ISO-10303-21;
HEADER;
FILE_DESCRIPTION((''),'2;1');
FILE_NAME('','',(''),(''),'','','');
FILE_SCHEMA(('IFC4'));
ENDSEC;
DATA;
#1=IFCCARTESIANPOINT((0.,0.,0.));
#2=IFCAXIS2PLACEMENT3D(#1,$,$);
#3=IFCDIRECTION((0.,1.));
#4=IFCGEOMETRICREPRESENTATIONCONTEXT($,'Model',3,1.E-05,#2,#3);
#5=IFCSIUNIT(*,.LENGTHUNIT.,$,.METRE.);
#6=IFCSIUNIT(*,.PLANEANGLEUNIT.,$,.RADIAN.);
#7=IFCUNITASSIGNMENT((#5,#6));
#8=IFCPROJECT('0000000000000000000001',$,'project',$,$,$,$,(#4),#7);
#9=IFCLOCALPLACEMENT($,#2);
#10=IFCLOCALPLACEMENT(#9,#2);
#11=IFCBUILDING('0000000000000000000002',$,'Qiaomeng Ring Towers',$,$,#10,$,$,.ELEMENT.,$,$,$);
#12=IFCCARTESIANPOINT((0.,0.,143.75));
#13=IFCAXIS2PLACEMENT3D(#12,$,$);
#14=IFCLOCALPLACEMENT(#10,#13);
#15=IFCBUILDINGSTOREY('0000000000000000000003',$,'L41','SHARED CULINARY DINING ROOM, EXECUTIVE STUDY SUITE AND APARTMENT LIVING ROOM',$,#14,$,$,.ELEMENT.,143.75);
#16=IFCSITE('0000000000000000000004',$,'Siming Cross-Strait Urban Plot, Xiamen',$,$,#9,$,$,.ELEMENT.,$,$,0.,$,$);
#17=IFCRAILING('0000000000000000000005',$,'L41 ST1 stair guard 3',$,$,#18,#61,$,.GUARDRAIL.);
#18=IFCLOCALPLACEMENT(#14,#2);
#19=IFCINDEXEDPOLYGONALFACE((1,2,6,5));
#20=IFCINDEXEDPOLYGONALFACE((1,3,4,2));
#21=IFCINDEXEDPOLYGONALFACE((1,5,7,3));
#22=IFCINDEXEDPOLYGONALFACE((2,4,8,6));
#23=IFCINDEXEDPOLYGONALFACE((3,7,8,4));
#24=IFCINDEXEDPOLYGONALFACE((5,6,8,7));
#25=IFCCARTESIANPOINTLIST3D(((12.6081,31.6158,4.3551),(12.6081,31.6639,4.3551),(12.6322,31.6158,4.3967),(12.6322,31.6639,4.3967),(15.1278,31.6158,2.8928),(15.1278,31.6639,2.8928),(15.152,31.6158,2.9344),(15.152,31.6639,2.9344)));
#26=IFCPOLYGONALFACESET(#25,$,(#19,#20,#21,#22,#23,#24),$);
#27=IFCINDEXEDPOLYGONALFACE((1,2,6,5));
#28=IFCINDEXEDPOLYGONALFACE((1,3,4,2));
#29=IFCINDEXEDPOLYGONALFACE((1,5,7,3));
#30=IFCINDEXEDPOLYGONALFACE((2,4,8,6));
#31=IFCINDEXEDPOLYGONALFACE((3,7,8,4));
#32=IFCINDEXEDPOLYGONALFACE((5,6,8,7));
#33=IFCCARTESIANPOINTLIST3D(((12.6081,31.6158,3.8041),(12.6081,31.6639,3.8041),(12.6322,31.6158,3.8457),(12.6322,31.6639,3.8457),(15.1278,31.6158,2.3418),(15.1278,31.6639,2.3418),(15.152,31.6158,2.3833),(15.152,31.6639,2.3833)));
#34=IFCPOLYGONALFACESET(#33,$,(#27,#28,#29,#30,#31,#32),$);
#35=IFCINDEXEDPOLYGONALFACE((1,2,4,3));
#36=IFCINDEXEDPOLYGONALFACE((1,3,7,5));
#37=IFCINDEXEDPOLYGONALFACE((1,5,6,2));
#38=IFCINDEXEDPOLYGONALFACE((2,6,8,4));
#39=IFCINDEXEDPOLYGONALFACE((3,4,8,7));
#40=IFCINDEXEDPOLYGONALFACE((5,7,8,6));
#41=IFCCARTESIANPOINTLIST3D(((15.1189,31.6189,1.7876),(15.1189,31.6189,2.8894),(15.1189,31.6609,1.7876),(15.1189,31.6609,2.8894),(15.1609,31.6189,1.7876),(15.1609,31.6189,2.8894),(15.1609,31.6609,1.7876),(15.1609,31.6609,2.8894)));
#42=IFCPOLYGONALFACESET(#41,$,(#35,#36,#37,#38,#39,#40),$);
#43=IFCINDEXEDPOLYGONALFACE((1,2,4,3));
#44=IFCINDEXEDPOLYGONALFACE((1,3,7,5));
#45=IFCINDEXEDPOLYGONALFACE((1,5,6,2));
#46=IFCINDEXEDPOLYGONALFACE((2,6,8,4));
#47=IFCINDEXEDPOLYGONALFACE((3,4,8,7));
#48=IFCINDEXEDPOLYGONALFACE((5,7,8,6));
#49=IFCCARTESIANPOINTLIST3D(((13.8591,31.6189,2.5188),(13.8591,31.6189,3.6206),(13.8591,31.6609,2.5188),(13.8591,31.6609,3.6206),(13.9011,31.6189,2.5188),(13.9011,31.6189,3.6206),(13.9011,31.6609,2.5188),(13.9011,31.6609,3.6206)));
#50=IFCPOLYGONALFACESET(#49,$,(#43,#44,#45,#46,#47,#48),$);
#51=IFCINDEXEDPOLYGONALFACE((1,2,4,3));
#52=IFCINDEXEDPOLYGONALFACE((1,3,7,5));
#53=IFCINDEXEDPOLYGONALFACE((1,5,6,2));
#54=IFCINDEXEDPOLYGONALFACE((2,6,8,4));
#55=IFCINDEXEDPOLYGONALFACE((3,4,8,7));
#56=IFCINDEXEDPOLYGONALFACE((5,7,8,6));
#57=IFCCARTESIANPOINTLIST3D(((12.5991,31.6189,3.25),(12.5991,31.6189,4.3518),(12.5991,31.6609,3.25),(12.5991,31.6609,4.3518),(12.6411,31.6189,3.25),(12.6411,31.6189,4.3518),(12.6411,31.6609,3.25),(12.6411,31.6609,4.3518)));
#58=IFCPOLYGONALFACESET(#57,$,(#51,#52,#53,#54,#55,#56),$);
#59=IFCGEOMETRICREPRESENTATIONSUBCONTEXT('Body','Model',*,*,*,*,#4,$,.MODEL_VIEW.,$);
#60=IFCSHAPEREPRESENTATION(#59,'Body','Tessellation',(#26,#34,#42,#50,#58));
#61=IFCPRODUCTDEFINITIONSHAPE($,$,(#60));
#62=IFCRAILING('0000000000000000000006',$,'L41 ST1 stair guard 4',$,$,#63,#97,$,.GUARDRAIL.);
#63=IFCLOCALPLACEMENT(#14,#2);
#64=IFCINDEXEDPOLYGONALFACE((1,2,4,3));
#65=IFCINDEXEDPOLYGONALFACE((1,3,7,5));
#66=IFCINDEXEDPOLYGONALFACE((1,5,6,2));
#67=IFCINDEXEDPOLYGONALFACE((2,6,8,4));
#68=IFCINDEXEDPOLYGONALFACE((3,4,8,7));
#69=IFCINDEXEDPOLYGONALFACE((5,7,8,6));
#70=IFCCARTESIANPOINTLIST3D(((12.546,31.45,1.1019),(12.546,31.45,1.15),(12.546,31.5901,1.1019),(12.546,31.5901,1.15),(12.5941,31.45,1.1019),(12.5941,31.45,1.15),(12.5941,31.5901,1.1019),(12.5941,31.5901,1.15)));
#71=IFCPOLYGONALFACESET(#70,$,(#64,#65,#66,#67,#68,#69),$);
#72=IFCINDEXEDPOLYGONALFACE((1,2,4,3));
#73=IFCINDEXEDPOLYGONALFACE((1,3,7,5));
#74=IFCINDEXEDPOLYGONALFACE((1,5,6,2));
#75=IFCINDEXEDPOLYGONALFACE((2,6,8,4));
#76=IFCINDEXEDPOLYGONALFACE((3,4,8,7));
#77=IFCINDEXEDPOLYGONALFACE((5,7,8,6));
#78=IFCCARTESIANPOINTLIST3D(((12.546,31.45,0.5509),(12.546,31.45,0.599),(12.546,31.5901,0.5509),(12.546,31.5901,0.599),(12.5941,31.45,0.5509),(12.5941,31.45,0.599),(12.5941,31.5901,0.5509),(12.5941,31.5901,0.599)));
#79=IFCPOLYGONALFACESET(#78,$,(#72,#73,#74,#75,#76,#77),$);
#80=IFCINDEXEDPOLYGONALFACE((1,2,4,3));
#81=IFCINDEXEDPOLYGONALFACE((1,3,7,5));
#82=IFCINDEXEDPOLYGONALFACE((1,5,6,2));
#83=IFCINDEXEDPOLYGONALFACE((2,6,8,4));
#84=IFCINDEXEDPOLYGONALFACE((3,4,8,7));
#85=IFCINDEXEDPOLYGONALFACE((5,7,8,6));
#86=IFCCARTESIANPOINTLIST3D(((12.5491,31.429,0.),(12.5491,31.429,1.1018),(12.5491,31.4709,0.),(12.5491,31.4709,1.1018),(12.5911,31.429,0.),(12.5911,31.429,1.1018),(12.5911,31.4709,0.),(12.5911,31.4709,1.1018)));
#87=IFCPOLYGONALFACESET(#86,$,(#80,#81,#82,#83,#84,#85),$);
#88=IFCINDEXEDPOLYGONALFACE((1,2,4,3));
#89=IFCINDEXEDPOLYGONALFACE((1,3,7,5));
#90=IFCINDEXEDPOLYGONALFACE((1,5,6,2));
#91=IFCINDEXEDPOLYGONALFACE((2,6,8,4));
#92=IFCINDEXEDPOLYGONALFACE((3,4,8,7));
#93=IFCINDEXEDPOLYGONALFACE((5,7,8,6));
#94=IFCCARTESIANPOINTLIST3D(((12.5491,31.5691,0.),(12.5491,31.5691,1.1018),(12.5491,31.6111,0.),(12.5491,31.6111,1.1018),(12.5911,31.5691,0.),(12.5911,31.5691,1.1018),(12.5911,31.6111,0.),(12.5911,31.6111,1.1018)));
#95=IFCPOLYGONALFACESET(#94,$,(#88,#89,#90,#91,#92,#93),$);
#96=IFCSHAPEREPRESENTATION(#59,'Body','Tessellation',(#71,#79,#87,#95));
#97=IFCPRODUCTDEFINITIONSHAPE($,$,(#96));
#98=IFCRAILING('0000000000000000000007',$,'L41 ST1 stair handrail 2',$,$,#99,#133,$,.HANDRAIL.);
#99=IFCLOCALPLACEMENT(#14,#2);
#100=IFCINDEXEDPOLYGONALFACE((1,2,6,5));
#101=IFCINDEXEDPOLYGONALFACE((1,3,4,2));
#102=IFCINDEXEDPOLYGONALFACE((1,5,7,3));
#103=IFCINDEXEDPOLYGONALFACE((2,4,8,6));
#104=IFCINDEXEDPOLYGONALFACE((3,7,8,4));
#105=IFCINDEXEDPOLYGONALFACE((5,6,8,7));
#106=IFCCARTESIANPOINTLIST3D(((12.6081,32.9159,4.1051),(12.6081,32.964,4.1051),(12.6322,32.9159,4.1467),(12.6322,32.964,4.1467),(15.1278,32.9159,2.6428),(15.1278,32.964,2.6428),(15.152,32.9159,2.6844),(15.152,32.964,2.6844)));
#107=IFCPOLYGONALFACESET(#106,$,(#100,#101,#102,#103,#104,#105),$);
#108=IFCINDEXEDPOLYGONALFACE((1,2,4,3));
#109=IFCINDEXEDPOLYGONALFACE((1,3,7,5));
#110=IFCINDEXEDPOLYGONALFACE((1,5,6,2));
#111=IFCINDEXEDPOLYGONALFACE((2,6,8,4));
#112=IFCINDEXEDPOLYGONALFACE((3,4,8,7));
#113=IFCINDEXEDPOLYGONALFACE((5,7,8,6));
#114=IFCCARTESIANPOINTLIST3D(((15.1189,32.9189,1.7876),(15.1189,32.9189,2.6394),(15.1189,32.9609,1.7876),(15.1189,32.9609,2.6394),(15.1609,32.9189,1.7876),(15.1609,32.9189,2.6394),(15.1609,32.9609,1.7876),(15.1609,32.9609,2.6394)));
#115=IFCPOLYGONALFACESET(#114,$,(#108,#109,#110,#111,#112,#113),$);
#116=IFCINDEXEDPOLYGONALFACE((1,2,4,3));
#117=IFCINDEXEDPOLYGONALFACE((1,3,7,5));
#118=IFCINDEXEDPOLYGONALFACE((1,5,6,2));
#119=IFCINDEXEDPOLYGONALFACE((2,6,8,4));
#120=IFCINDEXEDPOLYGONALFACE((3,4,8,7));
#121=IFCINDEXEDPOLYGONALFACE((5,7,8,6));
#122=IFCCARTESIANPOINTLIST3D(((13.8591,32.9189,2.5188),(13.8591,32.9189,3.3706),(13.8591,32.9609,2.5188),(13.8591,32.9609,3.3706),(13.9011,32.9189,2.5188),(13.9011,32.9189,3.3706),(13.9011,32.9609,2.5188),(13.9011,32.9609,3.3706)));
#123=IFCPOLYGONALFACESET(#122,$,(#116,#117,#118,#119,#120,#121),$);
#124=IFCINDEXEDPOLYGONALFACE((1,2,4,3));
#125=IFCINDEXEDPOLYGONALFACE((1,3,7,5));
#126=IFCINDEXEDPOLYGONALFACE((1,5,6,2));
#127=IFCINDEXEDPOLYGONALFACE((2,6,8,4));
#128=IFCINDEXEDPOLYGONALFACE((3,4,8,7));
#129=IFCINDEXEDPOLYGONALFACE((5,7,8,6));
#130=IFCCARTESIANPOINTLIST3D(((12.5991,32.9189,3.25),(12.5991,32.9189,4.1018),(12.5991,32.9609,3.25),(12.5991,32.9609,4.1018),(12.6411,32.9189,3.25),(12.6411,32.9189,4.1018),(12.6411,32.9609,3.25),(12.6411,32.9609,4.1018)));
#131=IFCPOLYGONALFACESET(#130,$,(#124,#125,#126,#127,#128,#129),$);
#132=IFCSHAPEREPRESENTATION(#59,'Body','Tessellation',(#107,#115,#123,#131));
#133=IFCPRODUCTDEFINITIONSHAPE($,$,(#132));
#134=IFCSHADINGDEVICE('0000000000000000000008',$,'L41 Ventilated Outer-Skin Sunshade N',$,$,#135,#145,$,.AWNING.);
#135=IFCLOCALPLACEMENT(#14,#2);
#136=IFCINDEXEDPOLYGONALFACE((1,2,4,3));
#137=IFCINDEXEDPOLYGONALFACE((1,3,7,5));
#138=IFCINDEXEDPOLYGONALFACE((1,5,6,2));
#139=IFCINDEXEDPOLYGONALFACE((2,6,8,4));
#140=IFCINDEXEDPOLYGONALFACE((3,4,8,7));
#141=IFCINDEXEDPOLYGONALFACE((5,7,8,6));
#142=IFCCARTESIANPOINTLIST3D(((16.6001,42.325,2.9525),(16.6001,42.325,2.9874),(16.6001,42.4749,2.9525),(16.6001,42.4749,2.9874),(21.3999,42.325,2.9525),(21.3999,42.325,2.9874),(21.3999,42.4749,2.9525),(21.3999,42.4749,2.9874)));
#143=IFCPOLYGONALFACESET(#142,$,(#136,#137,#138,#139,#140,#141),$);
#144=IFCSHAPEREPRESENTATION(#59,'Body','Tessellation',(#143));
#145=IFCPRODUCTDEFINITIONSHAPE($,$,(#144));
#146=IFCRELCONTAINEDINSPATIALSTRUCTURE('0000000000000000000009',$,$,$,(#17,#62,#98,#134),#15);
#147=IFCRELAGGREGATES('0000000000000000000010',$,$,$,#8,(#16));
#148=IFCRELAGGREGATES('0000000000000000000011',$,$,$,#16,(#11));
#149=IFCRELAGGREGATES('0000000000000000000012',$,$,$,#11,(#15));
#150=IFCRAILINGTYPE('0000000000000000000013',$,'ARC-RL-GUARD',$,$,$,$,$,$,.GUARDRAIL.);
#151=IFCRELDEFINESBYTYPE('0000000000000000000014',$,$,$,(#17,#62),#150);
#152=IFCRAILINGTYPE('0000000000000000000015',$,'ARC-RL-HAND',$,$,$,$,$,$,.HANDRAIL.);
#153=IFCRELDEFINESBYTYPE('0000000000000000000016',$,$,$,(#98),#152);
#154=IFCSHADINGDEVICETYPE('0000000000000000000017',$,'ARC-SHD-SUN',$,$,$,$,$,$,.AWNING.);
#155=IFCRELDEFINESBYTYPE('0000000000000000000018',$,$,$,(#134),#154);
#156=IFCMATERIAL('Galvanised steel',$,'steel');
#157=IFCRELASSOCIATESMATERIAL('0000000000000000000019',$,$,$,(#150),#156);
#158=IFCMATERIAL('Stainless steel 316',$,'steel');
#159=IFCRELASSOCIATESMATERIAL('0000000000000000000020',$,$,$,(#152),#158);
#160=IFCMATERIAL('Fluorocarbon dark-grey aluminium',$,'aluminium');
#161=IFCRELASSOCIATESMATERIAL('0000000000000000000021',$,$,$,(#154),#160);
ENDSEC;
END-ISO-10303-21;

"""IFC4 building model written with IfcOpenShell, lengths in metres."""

from ifc_helpers import new_model, si_unit, direction, frame, origin, origin_2d, place, context, subcontext, project, spatial, rectangle, extrude, source, transform, mapped, material, material_profile, profile_set, type_object, element, save


model = new_model("IFC4")

# Units and contexts
model_context = context("Model", 3, precision=1e-05, world=origin(), true_north=direction((0.0, 1.0)))
body_context = subcontext(model_context, "Body", "Model", "MODEL_VIEW")
ifc_project = project(units=[si_unit("LENGTHUNIT", "METRE"), si_unit("PLANEANGLEUNIT", "RADIAN")], contexts=[model_context])

# Site, building, storey
site_placement = place(None, origin())
site = spatial("IfcSite", under=ifc_project, at=site_placement, Name="Siming Cross-Strait Urban Plot, Xiamen", CompositionType="ELEMENT", RefElevation=0.0)
building_placement = place(site_placement, origin())
building = spatial("IfcBuilding", under=site, at=building_placement, Name="Qiaomeng Ring Towers", CompositionType="ELEMENT")
storey_placement = place(building_placement, frame((0.0, 0.0, 143.75)))
storey = spatial("IfcBuildingStorey", under=building, at=storey_placement, Name="L41", Description="SHARED CULINARY DINING ROOM, EXECUTIVE STUDY SUITE AND APARTMENT LIVING ROOM", CompositionType="ELEMENT", Elevation=143.75)

# Shared definitions
ifc_material_1 = material(Name="Galvanised steel", Category="steel")

# Railings
railing_type_1 = type_object("IfcRailingType", Name="ARC-RL-GUARD", PredefinedType="GUARDRAIL", material=ifc_material_1)
railing_1_placement = place(storey_placement, frame((15.1399, 31.6399, 1.7876)))
element("IfcRailing", 1, at=railing_1_placement, inside=storey, type_object=railing_type_1, Name="L41 ST1 stair guard 3", PredefinedType="GUARDRAIL", context=body_context, shape_type="SweptSolid", body=[
    extrude(rectangle(XDim=0.0481, YDim=0.0481, at=origin_2d()), frame((0.0, 0.0, 1.126), z_axis=(-0.864892, 0.0, 0.501958), x_axis=(0.0, -1.0, 0.0)), (0.0, 0.0, 1.0), 2.9133),
    extrude(rectangle(XDim=0.0481, YDim=0.0481, at=origin_2d()), frame((0.0, 0.0, 0.575), z_axis=(-0.864892, 0.0, 0.501958), x_axis=(0.0, -1.0, 0.0)), (0.0, 0.0, 1.0), 2.9133),
    extrude(rectangle(XDim=0.042, YDim=0.042, at=origin_2d()), origin(), (0.0, 0.0, 1.0), 1.1018),
    extrude(rectangle(XDim=0.042, YDim=0.042, at=origin_2d()), frame((-1.2598, 0.0, 0.7312)), (0.0, 0.0, 1.0), 1.1018),
    extrude(rectangle(XDim=0.042, YDim=0.042, at=origin_2d()), frame((-2.5198, 0.0, 1.4624)), (0.0, 0.0, 1.0), 1.1018),
])
railing_2_placement = place(storey_placement, frame((12.5701, 31.45, 0.0)))
element("IfcRailing", 2, at=railing_2_placement, inside=storey, type_object=railing_type_1, Name="L41 ST1 stair guard 4", PredefinedType="GUARDRAIL", context=body_context, shape_type="SweptSolid", body=[
    extrude(rectangle(XDim=0.0481, YDim=0.0481, at=origin_2d()), frame((0.0, 0.0, 1.126), z_axis=(0.0, 1.0, 0.0), x_axis=(-1.0, 0.0, 0.0)), (0.0, 0.0, 1.0), 0.1401),
    extrude(rectangle(XDim=0.0481, YDim=0.0481, at=origin_2d()), frame((0.0, 0.0, 0.575), z_axis=(0.0, 1.0, 0.0), x_axis=(-1.0, 0.0, 0.0)), (0.0, 0.0, 1.0), 0.1401),
    extrude(rectangle(XDim=0.042, YDim=0.042, at=origin_2d()), origin(), (0.0, 0.0, 1.0), 1.1018),
    extrude(rectangle(XDim=0.042, YDim=0.042, at=origin_2d()), frame((0.0, 0.1401, 0.0)), (0.0, 0.0, 1.0), 1.1018),
])
ifc_material_2 = material(Name="Stainless steel 316", Category="steel")
railing_type_2 = type_object("IfcRailingType", Name="ARC-RL-HAND", PredefinedType="HANDRAIL", material=ifc_material_2)
railing_3_placement = place(storey_placement, frame((15.1399, 32.9399, 1.7876)))
element("IfcRailing", 3, at=railing_3_placement, inside=storey, type_object=railing_type_2, Name="L41 ST1 stair handrail 2", PredefinedType="HANDRAIL", context=body_context, shape_type="SweptSolid", body=[
    extrude(rectangle(XDim=0.0481, YDim=0.0481, at=origin_2d()), frame((0.0, 0.0, 0.876), z_axis=(-0.864892, 0.0, 0.501958), x_axis=(0.0, -1.0, 0.0)), (0.0, 0.0, 1.0), 2.9133),
    extrude(rectangle(XDim=0.042, YDim=0.042, at=origin_2d()), origin(), (0.0, 0.0, 1.0), 0.8518),
    extrude(rectangle(XDim=0.042, YDim=0.042, at=origin_2d()), frame((-1.2598, 0.0, 0.7312)), (0.0, 0.0, 1.0), 0.8518),
    extrude(rectangle(XDim=0.042, YDim=0.042, at=origin_2d()), frame((-2.5198, 0.0, 1.4624)), (0.0, 0.0, 1.0), 0.8518),
])

# Shading device
ifc_material_3 = material(Name="Fluorocarbon dark-grey aluminium", Category="aluminium")
ifc_material_profile_1 = material_profile(ifc_material_3, rectangle(XDim=0.1499, YDim=0.0349, at=origin_2d()), Name="LV BLADE 150x35")
ifc_profile_set_1 = profile_set([ifc_material_profile_1], Name="Fluorocarbon dark-grey aluminium")
shading_device_type = type_object("IfcShadingDeviceType", Name="ARC-SHD-SUN", PredefinedType="AWNING", material=ifc_profile_set_1)
shared_shape_1 = source(origin(), body_context, "Body", "SweptSolid", [
    extrude(rectangle(XDim=0.1499, YDim=0.0349, at=origin_2d()), origin(), (0.0, 0.0, 1.0), 4.7998),
])
shading_device_placement = place(storey_placement, frame((16.6001, 42.3999, 2.97), z_axis=(1.0, 0.0, 0.0), x_axis=(0.0, 1.0, 0.0)))
element("IfcShadingDevice", 4, at=shading_device_placement, inside=storey, type_object=shading_device_type, Name="L41 Ventilated Outer-Skin Sunshade N", PredefinedType="AWNING", context=body_context, shape_type="MappedRepresentation", body=[
    mapped(shared_shape_1, transform((0.0, 0.0, 0.0), x_axis=(1.0, 0.0, 0.0), y_axis=(0.0, 1.0, 0.0), z_axis=(0.0, 0.0, 1.0), scale=1.0)),
])

save(model, "model.ifc")
